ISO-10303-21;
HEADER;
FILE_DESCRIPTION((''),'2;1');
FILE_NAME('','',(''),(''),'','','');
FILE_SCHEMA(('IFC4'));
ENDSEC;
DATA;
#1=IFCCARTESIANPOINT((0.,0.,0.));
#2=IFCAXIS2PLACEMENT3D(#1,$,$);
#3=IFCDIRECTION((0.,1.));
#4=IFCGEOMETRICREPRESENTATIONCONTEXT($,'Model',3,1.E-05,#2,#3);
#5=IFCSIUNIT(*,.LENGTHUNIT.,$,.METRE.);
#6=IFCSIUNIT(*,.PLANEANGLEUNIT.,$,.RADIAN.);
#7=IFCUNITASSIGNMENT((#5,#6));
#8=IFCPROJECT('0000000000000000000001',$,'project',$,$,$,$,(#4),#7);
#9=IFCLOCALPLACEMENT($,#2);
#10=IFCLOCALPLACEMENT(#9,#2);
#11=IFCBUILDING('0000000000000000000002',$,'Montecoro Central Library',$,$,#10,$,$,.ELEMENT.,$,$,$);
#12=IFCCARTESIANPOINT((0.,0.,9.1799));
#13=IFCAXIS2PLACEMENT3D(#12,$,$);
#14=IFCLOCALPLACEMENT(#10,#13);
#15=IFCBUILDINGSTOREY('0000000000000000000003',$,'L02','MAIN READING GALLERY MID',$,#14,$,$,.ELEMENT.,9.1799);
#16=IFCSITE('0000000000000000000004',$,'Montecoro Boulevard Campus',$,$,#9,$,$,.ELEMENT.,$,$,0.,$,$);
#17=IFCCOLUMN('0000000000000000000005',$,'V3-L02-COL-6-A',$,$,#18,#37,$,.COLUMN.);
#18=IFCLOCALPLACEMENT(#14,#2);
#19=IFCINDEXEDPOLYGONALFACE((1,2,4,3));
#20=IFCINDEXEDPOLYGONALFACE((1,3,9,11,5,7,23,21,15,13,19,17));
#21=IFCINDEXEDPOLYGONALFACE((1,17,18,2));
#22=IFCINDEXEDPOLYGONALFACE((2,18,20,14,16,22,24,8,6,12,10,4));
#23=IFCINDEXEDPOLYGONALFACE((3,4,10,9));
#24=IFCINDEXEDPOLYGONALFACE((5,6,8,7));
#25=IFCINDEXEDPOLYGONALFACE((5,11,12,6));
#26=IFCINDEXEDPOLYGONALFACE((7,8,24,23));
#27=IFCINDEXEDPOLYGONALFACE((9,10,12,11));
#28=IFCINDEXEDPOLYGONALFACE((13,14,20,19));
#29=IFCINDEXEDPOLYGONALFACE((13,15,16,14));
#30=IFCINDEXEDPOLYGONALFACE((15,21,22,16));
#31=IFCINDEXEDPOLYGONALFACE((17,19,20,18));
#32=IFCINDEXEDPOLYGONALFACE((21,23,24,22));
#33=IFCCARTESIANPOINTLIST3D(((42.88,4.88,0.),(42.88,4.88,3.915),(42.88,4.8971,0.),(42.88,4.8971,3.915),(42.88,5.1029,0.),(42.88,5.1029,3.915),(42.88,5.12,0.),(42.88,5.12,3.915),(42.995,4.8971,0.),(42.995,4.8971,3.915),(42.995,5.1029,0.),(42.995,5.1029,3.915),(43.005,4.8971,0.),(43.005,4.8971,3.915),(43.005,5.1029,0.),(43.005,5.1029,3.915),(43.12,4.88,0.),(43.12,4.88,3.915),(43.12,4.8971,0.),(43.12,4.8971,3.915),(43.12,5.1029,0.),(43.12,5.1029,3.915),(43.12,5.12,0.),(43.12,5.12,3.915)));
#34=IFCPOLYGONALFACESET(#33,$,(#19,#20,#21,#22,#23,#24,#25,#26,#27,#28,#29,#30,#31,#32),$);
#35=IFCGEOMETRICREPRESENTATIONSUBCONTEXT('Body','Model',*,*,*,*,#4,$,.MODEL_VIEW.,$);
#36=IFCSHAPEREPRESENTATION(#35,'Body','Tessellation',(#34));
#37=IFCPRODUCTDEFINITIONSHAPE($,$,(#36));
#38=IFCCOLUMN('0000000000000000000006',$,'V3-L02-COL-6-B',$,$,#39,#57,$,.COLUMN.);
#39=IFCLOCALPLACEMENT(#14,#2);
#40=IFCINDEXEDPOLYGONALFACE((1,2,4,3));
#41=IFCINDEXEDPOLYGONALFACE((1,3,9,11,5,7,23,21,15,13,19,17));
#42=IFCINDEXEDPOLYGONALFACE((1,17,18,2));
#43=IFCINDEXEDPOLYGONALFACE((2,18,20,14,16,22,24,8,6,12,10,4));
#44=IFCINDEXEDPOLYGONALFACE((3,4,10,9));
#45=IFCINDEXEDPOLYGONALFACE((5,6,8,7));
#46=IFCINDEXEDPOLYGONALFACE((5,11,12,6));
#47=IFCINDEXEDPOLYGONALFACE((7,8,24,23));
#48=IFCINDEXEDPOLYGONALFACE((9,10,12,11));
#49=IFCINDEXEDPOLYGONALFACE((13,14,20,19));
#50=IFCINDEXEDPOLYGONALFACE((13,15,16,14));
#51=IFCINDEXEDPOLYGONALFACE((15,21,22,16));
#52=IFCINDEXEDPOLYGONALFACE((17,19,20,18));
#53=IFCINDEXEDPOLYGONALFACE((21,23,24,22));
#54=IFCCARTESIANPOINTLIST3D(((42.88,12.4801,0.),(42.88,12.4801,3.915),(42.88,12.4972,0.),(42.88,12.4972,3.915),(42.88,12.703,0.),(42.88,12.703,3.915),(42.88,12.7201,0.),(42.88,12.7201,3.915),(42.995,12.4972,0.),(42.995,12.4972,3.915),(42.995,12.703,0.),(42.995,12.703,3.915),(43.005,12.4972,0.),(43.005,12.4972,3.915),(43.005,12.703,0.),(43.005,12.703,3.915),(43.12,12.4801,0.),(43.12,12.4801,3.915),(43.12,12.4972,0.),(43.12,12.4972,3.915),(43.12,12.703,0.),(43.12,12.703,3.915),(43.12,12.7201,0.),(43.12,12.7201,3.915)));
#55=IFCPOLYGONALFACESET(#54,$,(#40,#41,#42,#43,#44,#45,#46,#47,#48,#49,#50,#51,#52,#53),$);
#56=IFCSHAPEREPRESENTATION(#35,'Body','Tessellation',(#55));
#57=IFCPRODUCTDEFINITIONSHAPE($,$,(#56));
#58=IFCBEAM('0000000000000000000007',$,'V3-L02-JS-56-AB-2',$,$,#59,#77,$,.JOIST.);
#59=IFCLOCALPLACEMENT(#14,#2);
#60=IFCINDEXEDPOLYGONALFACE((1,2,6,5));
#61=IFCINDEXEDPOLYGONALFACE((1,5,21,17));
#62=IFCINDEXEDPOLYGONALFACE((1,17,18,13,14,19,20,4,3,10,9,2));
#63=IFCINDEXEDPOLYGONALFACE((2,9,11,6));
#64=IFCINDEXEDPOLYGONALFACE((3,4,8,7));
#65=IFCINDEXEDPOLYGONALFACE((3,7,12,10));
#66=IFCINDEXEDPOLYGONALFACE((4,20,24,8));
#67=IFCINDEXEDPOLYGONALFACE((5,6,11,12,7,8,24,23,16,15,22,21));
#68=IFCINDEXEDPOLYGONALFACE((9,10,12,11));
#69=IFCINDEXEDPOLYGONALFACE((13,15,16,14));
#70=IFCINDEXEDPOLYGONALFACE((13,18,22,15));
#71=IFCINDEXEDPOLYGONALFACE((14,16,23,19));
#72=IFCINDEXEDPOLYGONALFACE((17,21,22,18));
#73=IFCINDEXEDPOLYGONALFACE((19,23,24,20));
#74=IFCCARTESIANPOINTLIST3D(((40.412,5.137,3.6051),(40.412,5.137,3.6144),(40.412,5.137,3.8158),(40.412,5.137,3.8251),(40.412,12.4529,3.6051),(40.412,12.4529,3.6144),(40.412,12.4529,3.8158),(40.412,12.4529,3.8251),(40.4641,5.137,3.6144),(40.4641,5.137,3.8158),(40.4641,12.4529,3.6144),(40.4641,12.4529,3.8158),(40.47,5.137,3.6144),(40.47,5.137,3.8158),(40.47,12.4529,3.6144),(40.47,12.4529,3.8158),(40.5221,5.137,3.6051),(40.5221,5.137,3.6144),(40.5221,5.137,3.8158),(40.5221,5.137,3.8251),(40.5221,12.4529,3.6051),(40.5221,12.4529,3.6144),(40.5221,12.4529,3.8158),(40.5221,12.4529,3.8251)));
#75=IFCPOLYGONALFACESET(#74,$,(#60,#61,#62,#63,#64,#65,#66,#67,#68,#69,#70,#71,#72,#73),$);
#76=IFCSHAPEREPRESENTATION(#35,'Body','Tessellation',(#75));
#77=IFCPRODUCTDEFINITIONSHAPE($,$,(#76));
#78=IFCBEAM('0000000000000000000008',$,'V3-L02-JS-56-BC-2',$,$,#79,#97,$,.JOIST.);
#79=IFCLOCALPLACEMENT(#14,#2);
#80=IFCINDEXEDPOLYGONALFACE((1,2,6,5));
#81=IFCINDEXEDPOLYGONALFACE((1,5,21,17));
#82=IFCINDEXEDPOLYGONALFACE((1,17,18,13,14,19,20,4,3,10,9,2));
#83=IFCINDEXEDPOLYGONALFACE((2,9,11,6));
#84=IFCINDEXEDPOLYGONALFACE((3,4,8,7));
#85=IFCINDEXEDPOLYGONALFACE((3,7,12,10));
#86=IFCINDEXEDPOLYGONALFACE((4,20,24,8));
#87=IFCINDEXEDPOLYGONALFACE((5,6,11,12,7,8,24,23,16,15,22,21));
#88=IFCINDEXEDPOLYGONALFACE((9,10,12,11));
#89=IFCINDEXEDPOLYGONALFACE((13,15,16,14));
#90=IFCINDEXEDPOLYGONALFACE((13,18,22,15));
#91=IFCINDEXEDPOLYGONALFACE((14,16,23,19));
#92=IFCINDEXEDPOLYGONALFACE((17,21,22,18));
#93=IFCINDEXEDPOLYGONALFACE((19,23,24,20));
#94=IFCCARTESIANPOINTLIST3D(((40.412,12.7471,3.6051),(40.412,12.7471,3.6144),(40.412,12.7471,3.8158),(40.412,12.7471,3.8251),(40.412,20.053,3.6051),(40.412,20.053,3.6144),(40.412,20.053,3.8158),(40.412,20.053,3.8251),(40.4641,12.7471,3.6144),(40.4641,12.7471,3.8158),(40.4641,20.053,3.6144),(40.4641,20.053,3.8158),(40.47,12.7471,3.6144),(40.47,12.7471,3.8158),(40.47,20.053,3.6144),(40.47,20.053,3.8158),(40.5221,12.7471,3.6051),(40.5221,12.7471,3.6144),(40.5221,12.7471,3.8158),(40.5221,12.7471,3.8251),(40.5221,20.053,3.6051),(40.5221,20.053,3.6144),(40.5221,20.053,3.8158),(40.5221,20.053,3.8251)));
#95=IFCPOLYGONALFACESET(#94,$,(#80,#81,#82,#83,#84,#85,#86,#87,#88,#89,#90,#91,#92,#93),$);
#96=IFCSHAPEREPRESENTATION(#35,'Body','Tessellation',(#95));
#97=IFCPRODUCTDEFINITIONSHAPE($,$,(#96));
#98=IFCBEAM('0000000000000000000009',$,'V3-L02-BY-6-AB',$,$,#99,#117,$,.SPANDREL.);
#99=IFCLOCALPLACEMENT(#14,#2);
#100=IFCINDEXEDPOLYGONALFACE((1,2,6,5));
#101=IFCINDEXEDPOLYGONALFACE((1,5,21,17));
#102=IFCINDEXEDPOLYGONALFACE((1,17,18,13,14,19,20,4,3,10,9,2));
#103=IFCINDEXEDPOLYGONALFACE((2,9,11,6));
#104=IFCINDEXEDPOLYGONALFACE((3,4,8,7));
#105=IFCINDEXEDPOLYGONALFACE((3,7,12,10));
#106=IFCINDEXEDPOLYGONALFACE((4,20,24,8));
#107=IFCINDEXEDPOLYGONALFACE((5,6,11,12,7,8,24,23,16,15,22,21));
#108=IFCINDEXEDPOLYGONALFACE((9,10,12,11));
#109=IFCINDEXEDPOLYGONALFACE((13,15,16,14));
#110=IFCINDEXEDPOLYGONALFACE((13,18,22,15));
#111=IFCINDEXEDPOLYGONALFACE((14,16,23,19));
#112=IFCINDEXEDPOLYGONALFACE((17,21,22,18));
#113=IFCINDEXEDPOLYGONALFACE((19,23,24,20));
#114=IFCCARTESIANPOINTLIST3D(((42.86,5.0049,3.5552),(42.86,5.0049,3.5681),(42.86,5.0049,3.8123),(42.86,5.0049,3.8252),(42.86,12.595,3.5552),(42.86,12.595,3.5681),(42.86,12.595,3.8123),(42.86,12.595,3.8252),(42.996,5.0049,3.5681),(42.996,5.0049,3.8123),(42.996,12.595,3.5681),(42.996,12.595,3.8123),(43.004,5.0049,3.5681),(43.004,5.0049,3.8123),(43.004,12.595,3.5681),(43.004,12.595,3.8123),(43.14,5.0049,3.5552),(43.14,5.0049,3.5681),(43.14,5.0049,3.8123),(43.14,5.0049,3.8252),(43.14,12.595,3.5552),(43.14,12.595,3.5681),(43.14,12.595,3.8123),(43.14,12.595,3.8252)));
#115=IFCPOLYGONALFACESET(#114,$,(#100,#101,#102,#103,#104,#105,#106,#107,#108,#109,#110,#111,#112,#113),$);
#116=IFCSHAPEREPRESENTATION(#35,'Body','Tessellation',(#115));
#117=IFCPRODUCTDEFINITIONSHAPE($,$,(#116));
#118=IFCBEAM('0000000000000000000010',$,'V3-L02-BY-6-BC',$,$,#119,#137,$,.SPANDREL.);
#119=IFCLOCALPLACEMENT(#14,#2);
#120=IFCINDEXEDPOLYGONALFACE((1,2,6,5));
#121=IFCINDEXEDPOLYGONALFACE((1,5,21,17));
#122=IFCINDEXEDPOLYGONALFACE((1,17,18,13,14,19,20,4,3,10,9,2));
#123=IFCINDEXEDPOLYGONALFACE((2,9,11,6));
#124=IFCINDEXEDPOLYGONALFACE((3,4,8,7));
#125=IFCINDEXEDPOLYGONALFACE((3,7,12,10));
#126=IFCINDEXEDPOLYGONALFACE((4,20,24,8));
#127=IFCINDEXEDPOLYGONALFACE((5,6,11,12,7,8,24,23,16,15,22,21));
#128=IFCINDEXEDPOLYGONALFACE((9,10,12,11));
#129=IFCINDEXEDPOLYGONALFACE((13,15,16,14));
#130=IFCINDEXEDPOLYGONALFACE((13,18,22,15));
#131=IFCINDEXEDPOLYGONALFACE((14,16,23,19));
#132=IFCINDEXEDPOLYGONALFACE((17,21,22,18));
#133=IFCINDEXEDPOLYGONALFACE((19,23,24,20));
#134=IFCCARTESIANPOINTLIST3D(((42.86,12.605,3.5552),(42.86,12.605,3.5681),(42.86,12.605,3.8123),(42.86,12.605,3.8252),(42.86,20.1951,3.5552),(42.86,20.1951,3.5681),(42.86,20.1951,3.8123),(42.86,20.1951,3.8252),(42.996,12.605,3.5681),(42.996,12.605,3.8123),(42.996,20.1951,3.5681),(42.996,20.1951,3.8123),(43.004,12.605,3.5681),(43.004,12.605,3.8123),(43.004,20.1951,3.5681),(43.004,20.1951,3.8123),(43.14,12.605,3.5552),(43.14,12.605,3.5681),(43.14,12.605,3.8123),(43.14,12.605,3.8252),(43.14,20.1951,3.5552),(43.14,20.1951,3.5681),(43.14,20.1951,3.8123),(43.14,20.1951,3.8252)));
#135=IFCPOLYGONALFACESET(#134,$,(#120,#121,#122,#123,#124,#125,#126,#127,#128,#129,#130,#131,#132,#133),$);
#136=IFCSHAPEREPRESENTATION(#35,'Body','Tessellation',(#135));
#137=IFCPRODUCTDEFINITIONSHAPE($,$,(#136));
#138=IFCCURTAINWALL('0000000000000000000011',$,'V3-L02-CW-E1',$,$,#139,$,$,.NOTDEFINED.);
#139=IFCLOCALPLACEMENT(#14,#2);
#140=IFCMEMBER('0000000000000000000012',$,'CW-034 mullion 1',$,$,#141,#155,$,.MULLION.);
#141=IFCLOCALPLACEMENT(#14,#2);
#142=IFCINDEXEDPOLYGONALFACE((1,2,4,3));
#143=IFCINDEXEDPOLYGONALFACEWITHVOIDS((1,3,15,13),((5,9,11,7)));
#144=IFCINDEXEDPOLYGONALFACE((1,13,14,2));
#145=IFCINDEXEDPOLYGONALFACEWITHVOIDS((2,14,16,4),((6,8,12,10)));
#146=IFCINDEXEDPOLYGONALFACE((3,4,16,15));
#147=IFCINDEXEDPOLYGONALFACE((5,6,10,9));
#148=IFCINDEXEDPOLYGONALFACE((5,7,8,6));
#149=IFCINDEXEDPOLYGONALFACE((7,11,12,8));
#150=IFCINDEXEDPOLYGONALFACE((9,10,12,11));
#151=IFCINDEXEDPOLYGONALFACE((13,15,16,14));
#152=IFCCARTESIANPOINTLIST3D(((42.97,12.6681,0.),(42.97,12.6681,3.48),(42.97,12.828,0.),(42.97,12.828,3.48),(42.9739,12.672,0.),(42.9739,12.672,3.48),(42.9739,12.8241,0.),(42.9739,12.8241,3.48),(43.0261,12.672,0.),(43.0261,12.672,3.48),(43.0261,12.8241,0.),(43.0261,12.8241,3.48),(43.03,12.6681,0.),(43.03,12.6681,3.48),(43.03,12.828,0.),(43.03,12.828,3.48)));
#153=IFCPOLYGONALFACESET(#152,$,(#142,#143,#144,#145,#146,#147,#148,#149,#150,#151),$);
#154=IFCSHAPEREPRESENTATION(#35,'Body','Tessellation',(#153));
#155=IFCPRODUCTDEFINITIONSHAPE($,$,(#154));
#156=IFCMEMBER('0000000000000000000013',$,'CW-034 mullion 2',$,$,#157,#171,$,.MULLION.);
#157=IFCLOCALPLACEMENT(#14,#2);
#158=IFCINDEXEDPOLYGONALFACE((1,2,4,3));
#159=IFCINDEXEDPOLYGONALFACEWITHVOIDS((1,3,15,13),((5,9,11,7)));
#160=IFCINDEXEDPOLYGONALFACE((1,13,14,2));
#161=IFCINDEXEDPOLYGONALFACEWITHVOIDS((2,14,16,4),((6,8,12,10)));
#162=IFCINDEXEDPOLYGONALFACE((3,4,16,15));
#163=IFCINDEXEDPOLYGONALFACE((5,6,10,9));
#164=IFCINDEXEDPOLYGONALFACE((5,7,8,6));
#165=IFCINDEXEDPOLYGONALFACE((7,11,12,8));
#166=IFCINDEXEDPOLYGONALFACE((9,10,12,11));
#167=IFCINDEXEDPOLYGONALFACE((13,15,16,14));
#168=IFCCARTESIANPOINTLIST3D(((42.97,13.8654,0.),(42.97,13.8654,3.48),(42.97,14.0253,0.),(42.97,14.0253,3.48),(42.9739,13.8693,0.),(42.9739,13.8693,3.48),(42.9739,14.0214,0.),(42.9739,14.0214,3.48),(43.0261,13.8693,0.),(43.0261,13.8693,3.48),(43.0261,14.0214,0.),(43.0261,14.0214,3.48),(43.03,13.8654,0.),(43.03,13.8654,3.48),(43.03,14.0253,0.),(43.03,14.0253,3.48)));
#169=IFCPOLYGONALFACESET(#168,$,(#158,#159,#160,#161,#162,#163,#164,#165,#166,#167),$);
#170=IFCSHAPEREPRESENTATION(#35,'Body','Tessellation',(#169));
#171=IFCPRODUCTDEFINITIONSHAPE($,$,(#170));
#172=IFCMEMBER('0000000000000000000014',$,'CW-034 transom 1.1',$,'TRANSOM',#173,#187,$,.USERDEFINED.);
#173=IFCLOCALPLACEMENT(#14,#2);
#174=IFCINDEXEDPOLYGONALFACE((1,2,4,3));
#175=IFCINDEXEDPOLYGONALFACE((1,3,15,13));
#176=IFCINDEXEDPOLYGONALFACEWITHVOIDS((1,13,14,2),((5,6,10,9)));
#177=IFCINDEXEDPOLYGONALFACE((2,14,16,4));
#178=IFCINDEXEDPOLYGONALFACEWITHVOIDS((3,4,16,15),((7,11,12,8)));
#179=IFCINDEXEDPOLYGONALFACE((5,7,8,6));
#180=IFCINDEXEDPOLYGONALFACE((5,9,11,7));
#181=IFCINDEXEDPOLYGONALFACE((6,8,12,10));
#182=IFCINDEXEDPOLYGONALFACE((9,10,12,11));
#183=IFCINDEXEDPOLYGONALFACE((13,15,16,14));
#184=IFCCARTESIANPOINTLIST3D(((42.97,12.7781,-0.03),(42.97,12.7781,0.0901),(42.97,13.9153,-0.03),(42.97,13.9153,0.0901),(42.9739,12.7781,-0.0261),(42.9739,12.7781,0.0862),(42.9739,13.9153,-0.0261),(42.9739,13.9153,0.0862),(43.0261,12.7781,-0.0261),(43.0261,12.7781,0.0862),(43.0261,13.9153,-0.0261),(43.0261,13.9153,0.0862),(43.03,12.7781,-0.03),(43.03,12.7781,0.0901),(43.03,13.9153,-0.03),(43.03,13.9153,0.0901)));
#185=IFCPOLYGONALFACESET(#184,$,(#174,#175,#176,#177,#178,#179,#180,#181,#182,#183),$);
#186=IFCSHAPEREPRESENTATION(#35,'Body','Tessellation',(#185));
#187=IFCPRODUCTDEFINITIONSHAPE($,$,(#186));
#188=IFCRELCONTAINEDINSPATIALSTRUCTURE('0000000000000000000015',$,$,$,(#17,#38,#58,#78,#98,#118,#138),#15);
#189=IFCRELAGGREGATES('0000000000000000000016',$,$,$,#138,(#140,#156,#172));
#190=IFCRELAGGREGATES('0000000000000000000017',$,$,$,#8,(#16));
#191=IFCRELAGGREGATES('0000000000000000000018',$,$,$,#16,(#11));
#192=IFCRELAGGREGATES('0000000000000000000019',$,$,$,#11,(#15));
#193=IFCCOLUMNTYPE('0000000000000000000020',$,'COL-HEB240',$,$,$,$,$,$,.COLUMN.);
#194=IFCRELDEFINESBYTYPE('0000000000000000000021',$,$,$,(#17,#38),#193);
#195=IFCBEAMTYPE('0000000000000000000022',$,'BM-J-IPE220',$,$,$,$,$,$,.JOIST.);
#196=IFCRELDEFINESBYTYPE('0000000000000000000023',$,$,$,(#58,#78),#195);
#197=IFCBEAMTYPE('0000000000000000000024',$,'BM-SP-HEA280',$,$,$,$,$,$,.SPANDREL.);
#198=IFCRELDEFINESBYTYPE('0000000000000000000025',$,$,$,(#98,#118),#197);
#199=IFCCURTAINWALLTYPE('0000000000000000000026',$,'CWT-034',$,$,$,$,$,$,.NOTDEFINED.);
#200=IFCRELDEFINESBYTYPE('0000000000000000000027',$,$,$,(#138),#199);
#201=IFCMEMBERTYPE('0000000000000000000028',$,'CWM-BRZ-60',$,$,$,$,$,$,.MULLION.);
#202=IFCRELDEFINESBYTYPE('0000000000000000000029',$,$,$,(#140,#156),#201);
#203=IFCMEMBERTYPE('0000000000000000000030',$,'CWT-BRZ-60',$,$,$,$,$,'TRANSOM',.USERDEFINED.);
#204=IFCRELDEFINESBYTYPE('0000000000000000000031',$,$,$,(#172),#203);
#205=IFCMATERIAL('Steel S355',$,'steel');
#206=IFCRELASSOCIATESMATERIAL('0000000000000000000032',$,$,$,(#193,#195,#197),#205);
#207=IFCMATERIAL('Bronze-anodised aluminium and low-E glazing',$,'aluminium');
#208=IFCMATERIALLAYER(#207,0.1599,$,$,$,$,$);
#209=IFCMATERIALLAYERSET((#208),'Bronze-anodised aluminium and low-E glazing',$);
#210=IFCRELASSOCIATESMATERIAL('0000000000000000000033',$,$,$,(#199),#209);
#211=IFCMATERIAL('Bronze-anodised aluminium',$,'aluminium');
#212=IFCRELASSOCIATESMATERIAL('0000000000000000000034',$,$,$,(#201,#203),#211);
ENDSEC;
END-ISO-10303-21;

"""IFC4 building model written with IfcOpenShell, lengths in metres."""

from ifc_helpers import new_model, si_unit, direction, frame, origin, origin_2d, place, context, subcontext, project, spatial, hollow_rectangle, i_section, extrude, material, layer, layer_set, material_profile, profile_set, type_object, element, aggregate, save


model = new_model("IFC4")

# Units and contexts
model_context = context("Model", 3, precision=1e-05, world=origin(), true_north=direction((0.0, 1.0)))
body_context = subcontext(model_context, "Body", "Model", "MODEL_VIEW")
ifc_project = project(units=[si_unit("LENGTHUNIT", "METRE"), si_unit("PLANEANGLEUNIT", "RADIAN")], contexts=[model_context])

# Site, building, storey
site_placement = place(None, origin())
site = spatial("IfcSite", under=ifc_project, at=site_placement, Name="Montecoro Boulevard Campus", CompositionType="ELEMENT", RefElevation=0.0)
building_placement = place(site_placement, origin())
building = spatial("IfcBuilding", under=site, at=building_placement, Name="Montecoro Central Library", CompositionType="ELEMENT")
storey_placement = place(building_placement, frame((0.0, 0.0, 9.1799)))
storey = spatial("IfcBuildingStorey", under=building, at=storey_placement, Name="L02", Description="MAIN READING GALLERY MID", CompositionType="ELEMENT", Elevation=9.1799)

# Columns
ifc_material_1 = material(Name="Steel S355", Category="steel")
ifc_material_profile_1 = material_profile(ifc_material_1, i_section(OverallWidth=0.24, OverallDepth=0.24, WebThickness=0.01, FlangeThickness=0.0171, at=origin_2d()), Name="HEB 240")
ifc_profile_set_1 = profile_set([ifc_material_profile_1], Name="Steel S355")
column_type = type_object("IfcColumnType", Name="COL-HEB240", PredefinedType="COLUMN", material=ifc_profile_set_1)
for number, where, z_axis, x_axis, name in (
    (1, (43.0, 5.0, 0.0), (0.0, 0.0, 1.0), (1.0, 0.0, 0.0), "V3-L02-COL-6-A"),
    (2, (43.0, 12.6001, 0.0), (0.0, 0.0, 1.0), (1.0, 0.0, 0.0), "V3-L02-COL-6-B"),
):
    element("IfcColumn", number, at=place(storey_placement, frame(where, z_axis=z_axis, x_axis=x_axis)), inside=storey, type_object=column_type, Name=name, PredefinedType="COLUMN", context=body_context, shape_type="SweptSolid", body=[
        extrude(i_section(OverallWidth=0.24, OverallDepth=0.24, WebThickness=0.01, FlangeThickness=0.0171, at=origin_2d()), origin(), (0.0, 0.0, 1.0), 3.915),
    ])

# Beams
ifc_material_profile_2 = material_profile(ifc_material_1, i_section(OverallWidth=0.1101, OverallDepth=0.22, WebThickness=0.0059, FlangeThickness=0.0093, at=origin_2d()), Name="IPE 220")
ifc_profile_set_2 = profile_set([ifc_material_profile_2], Name="Steel S355")
beam_type_1 = type_object("IfcBeamType", Name="BM-J-IPE220", PredefinedType="JOIST", material=ifc_profile_set_2)
beam_1_placement = place(storey_placement, frame((40.467, 5.137, 3.7151), z_axis=(0.0, 1.0, 0.0), x_axis=(-1.0, 0.0, 0.0)))
element("IfcBeam", 3, at=beam_1_placement, inside=storey, type_object=beam_type_1, Name="V3-L02-JS-56-AB-2", PredefinedType="JOIST", context=body_context, shape_type="SweptSolid", body=[
    extrude(i_section(OverallWidth=0.1101, OverallDepth=0.22, WebThickness=0.0059, FlangeThickness=0.0093, at=origin_2d()), origin(), (0.0, 0.0, 1.0), 7.3159),
])
beam_2_placement = place(storey_placement, frame((40.467, 12.7471, 3.7151), z_axis=(0.0, 1.0, 0.0), x_axis=(-1.0, 0.0, 0.0)))
element("IfcBeam", 4, at=beam_2_placement, inside=storey, type_object=beam_type_1, Name="V3-L02-JS-56-BC-2", PredefinedType="JOIST", context=body_context, shape_type="SweptSolid", body=[
    extrude(i_section(OverallWidth=0.1101, OverallDepth=0.22, WebThickness=0.0059, FlangeThickness=0.0093, at=origin_2d()), origin(), (0.0, 0.0, 1.0), 7.3059),
])
ifc_material_profile_3 = material_profile(ifc_material_1, i_section(OverallWidth=0.28, OverallDepth=0.27, WebThickness=0.0081, FlangeThickness=0.0129, at=origin_2d()), Name="HEA 280")
ifc_profile_set_3 = profile_set([ifc_material_profile_3], Name="Steel S355")
beam_type_2 = type_object("IfcBeamType", Name="BM-SP-HEA280", PredefinedType="SPANDREL", material=ifc_profile_set_3)
for number, where, z_axis, x_axis, name in (
    (5, (43.0, 5.0049, 3.6902), (0.0, 1.0, 0.0), (-1.0, 0.0, 0.0), "V3-L02-BY-6-AB"),
    (6, (43.0, 12.605, 3.6902), (0.0, 1.0, 0.0), (-1.0, 0.0, 0.0), "V3-L02-BY-6-BC"),
):
    element("IfcBeam", number, at=place(storey_placement, frame(where, z_axis=z_axis, x_axis=x_axis)), inside=storey, type_object=beam_type_2, Name=name, PredefinedType="SPANDREL", context=body_context, shape_type="SweptSolid", body=[
        extrude(i_section(OverallWidth=0.28, OverallDepth=0.27, WebThickness=0.0081, FlangeThickness=0.0129, at=origin_2d()), origin(), (0.0, 0.0, 1.0), 7.5901),
    ])

# Curtain wall, members
ifc_material_2 = material(Name="Bronze-anodised aluminium and low-E glazing", Category="aluminium")
ifc_layer_1 = layer(ifc_material_2, 0.1599)
ifc_layer_set_1 = layer_set([ifc_layer_1], Name="Bronze-anodised aluminium and low-E glazing")
curtain_wall_type = type_object("IfcCurtainWallType", Name="CWT-034", PredefinedType="NOTDEFINED", material=ifc_layer_set_1)
curtain_wall_placement = place(storey_placement, origin())
curtain_wall = element("IfcCurtainWall", 7, at=curtain_wall_placement, inside=storey, type_object=curtain_wall_type, Name="V3-L02-CW-E1", PredefinedType="NOTDEFINED")
ifc_material_3 = material(Name="Bronze-anodised aluminium", Category="aluminium")
ifc_material_profile_4 = material_profile(ifc_material_3, hollow_rectangle(XDim=0.0601, YDim=0.1599, WallThickness=0.0039, at=origin_2d()), Name="CWM 160x60x4.0")
ifc_profile_set_4 = profile_set([ifc_material_profile_4], Name="Bronze-anodised aluminium")
member_type_1 = type_object("IfcMemberType", Name="CWM-BRZ-60", PredefinedType="MULLION", material=ifc_profile_set_4)
member_1_placement = place(storey_placement, frame((43.0, 12.748, 0.0), z_axis=(0.0, 0.0, 1.0), x_axis=(-1.0, 0.0, 0.0)))
member_1 = element("IfcMember", 8, at=member_1_placement, type_object=member_type_1, Name="CW-034 mullion 1", PredefinedType="MULLION", context=body_context, shape_type="SweptSolid", body=[
    extrude(hollow_rectangle(XDim=0.0601, YDim=0.1599, WallThickness=0.0039, at=origin_2d()), origin(), (0.0, 0.0, 1.0), 3.48),
])
member_2_placement = place(storey_placement, frame((43.0, 13.9453, 0.0), z_axis=(0.0, 0.0, 1.0), x_axis=(-1.0, 0.0, 0.0)))
member_2 = element("IfcMember", 9, at=member_2_placement, type_object=member_type_1, Name="CW-034 mullion 2", PredefinedType="MULLION", context=body_context, shape_type="SweptSolid", body=[
    extrude(hollow_rectangle(XDim=0.0601, YDim=0.1599, WallThickness=0.0039, at=origin_2d()), origin(), (0.0, 0.0, 1.0), 3.48),
])
ifc_material_profile_5 = material_profile(ifc_material_3, hollow_rectangle(XDim=0.0601, YDim=0.1201, WallThickness=0.0039, at=origin_2d()), Name="CWT 120x60x4.0")
ifc_profile_set_5 = profile_set([ifc_material_profile_5], Name="Bronze-anodised aluminium")
member_type_2 = type_object("IfcMemberType", Name="CWT-BRZ-60", ElementType="TRANSOM", PredefinedType="USERDEFINED", material=ifc_profile_set_5)
member_3_placement = place(storey_placement, frame((43.0, 12.7781, 0.03), z_axis=(0.0, 1.0, 0.0), x_axis=(-1.0, 0.0, 0.0)))
member_3 = element("IfcMember", 10, at=member_3_placement, type_object=member_type_2, Name="CW-034 transom 1.1", ObjectType="TRANSOM", PredefinedType="USERDEFINED", context=body_context, shape_type="SweptSolid", body=[
    extrude(hollow_rectangle(XDim=0.0601, YDim=0.1201, WallThickness=0.0039, at=origin_2d()), origin(), (0.0, 0.0, 1.0), 1.1372),
])
aggregate(curtain_wall, [member_1, member_2, member_3])

save(model, "model.ifc")
